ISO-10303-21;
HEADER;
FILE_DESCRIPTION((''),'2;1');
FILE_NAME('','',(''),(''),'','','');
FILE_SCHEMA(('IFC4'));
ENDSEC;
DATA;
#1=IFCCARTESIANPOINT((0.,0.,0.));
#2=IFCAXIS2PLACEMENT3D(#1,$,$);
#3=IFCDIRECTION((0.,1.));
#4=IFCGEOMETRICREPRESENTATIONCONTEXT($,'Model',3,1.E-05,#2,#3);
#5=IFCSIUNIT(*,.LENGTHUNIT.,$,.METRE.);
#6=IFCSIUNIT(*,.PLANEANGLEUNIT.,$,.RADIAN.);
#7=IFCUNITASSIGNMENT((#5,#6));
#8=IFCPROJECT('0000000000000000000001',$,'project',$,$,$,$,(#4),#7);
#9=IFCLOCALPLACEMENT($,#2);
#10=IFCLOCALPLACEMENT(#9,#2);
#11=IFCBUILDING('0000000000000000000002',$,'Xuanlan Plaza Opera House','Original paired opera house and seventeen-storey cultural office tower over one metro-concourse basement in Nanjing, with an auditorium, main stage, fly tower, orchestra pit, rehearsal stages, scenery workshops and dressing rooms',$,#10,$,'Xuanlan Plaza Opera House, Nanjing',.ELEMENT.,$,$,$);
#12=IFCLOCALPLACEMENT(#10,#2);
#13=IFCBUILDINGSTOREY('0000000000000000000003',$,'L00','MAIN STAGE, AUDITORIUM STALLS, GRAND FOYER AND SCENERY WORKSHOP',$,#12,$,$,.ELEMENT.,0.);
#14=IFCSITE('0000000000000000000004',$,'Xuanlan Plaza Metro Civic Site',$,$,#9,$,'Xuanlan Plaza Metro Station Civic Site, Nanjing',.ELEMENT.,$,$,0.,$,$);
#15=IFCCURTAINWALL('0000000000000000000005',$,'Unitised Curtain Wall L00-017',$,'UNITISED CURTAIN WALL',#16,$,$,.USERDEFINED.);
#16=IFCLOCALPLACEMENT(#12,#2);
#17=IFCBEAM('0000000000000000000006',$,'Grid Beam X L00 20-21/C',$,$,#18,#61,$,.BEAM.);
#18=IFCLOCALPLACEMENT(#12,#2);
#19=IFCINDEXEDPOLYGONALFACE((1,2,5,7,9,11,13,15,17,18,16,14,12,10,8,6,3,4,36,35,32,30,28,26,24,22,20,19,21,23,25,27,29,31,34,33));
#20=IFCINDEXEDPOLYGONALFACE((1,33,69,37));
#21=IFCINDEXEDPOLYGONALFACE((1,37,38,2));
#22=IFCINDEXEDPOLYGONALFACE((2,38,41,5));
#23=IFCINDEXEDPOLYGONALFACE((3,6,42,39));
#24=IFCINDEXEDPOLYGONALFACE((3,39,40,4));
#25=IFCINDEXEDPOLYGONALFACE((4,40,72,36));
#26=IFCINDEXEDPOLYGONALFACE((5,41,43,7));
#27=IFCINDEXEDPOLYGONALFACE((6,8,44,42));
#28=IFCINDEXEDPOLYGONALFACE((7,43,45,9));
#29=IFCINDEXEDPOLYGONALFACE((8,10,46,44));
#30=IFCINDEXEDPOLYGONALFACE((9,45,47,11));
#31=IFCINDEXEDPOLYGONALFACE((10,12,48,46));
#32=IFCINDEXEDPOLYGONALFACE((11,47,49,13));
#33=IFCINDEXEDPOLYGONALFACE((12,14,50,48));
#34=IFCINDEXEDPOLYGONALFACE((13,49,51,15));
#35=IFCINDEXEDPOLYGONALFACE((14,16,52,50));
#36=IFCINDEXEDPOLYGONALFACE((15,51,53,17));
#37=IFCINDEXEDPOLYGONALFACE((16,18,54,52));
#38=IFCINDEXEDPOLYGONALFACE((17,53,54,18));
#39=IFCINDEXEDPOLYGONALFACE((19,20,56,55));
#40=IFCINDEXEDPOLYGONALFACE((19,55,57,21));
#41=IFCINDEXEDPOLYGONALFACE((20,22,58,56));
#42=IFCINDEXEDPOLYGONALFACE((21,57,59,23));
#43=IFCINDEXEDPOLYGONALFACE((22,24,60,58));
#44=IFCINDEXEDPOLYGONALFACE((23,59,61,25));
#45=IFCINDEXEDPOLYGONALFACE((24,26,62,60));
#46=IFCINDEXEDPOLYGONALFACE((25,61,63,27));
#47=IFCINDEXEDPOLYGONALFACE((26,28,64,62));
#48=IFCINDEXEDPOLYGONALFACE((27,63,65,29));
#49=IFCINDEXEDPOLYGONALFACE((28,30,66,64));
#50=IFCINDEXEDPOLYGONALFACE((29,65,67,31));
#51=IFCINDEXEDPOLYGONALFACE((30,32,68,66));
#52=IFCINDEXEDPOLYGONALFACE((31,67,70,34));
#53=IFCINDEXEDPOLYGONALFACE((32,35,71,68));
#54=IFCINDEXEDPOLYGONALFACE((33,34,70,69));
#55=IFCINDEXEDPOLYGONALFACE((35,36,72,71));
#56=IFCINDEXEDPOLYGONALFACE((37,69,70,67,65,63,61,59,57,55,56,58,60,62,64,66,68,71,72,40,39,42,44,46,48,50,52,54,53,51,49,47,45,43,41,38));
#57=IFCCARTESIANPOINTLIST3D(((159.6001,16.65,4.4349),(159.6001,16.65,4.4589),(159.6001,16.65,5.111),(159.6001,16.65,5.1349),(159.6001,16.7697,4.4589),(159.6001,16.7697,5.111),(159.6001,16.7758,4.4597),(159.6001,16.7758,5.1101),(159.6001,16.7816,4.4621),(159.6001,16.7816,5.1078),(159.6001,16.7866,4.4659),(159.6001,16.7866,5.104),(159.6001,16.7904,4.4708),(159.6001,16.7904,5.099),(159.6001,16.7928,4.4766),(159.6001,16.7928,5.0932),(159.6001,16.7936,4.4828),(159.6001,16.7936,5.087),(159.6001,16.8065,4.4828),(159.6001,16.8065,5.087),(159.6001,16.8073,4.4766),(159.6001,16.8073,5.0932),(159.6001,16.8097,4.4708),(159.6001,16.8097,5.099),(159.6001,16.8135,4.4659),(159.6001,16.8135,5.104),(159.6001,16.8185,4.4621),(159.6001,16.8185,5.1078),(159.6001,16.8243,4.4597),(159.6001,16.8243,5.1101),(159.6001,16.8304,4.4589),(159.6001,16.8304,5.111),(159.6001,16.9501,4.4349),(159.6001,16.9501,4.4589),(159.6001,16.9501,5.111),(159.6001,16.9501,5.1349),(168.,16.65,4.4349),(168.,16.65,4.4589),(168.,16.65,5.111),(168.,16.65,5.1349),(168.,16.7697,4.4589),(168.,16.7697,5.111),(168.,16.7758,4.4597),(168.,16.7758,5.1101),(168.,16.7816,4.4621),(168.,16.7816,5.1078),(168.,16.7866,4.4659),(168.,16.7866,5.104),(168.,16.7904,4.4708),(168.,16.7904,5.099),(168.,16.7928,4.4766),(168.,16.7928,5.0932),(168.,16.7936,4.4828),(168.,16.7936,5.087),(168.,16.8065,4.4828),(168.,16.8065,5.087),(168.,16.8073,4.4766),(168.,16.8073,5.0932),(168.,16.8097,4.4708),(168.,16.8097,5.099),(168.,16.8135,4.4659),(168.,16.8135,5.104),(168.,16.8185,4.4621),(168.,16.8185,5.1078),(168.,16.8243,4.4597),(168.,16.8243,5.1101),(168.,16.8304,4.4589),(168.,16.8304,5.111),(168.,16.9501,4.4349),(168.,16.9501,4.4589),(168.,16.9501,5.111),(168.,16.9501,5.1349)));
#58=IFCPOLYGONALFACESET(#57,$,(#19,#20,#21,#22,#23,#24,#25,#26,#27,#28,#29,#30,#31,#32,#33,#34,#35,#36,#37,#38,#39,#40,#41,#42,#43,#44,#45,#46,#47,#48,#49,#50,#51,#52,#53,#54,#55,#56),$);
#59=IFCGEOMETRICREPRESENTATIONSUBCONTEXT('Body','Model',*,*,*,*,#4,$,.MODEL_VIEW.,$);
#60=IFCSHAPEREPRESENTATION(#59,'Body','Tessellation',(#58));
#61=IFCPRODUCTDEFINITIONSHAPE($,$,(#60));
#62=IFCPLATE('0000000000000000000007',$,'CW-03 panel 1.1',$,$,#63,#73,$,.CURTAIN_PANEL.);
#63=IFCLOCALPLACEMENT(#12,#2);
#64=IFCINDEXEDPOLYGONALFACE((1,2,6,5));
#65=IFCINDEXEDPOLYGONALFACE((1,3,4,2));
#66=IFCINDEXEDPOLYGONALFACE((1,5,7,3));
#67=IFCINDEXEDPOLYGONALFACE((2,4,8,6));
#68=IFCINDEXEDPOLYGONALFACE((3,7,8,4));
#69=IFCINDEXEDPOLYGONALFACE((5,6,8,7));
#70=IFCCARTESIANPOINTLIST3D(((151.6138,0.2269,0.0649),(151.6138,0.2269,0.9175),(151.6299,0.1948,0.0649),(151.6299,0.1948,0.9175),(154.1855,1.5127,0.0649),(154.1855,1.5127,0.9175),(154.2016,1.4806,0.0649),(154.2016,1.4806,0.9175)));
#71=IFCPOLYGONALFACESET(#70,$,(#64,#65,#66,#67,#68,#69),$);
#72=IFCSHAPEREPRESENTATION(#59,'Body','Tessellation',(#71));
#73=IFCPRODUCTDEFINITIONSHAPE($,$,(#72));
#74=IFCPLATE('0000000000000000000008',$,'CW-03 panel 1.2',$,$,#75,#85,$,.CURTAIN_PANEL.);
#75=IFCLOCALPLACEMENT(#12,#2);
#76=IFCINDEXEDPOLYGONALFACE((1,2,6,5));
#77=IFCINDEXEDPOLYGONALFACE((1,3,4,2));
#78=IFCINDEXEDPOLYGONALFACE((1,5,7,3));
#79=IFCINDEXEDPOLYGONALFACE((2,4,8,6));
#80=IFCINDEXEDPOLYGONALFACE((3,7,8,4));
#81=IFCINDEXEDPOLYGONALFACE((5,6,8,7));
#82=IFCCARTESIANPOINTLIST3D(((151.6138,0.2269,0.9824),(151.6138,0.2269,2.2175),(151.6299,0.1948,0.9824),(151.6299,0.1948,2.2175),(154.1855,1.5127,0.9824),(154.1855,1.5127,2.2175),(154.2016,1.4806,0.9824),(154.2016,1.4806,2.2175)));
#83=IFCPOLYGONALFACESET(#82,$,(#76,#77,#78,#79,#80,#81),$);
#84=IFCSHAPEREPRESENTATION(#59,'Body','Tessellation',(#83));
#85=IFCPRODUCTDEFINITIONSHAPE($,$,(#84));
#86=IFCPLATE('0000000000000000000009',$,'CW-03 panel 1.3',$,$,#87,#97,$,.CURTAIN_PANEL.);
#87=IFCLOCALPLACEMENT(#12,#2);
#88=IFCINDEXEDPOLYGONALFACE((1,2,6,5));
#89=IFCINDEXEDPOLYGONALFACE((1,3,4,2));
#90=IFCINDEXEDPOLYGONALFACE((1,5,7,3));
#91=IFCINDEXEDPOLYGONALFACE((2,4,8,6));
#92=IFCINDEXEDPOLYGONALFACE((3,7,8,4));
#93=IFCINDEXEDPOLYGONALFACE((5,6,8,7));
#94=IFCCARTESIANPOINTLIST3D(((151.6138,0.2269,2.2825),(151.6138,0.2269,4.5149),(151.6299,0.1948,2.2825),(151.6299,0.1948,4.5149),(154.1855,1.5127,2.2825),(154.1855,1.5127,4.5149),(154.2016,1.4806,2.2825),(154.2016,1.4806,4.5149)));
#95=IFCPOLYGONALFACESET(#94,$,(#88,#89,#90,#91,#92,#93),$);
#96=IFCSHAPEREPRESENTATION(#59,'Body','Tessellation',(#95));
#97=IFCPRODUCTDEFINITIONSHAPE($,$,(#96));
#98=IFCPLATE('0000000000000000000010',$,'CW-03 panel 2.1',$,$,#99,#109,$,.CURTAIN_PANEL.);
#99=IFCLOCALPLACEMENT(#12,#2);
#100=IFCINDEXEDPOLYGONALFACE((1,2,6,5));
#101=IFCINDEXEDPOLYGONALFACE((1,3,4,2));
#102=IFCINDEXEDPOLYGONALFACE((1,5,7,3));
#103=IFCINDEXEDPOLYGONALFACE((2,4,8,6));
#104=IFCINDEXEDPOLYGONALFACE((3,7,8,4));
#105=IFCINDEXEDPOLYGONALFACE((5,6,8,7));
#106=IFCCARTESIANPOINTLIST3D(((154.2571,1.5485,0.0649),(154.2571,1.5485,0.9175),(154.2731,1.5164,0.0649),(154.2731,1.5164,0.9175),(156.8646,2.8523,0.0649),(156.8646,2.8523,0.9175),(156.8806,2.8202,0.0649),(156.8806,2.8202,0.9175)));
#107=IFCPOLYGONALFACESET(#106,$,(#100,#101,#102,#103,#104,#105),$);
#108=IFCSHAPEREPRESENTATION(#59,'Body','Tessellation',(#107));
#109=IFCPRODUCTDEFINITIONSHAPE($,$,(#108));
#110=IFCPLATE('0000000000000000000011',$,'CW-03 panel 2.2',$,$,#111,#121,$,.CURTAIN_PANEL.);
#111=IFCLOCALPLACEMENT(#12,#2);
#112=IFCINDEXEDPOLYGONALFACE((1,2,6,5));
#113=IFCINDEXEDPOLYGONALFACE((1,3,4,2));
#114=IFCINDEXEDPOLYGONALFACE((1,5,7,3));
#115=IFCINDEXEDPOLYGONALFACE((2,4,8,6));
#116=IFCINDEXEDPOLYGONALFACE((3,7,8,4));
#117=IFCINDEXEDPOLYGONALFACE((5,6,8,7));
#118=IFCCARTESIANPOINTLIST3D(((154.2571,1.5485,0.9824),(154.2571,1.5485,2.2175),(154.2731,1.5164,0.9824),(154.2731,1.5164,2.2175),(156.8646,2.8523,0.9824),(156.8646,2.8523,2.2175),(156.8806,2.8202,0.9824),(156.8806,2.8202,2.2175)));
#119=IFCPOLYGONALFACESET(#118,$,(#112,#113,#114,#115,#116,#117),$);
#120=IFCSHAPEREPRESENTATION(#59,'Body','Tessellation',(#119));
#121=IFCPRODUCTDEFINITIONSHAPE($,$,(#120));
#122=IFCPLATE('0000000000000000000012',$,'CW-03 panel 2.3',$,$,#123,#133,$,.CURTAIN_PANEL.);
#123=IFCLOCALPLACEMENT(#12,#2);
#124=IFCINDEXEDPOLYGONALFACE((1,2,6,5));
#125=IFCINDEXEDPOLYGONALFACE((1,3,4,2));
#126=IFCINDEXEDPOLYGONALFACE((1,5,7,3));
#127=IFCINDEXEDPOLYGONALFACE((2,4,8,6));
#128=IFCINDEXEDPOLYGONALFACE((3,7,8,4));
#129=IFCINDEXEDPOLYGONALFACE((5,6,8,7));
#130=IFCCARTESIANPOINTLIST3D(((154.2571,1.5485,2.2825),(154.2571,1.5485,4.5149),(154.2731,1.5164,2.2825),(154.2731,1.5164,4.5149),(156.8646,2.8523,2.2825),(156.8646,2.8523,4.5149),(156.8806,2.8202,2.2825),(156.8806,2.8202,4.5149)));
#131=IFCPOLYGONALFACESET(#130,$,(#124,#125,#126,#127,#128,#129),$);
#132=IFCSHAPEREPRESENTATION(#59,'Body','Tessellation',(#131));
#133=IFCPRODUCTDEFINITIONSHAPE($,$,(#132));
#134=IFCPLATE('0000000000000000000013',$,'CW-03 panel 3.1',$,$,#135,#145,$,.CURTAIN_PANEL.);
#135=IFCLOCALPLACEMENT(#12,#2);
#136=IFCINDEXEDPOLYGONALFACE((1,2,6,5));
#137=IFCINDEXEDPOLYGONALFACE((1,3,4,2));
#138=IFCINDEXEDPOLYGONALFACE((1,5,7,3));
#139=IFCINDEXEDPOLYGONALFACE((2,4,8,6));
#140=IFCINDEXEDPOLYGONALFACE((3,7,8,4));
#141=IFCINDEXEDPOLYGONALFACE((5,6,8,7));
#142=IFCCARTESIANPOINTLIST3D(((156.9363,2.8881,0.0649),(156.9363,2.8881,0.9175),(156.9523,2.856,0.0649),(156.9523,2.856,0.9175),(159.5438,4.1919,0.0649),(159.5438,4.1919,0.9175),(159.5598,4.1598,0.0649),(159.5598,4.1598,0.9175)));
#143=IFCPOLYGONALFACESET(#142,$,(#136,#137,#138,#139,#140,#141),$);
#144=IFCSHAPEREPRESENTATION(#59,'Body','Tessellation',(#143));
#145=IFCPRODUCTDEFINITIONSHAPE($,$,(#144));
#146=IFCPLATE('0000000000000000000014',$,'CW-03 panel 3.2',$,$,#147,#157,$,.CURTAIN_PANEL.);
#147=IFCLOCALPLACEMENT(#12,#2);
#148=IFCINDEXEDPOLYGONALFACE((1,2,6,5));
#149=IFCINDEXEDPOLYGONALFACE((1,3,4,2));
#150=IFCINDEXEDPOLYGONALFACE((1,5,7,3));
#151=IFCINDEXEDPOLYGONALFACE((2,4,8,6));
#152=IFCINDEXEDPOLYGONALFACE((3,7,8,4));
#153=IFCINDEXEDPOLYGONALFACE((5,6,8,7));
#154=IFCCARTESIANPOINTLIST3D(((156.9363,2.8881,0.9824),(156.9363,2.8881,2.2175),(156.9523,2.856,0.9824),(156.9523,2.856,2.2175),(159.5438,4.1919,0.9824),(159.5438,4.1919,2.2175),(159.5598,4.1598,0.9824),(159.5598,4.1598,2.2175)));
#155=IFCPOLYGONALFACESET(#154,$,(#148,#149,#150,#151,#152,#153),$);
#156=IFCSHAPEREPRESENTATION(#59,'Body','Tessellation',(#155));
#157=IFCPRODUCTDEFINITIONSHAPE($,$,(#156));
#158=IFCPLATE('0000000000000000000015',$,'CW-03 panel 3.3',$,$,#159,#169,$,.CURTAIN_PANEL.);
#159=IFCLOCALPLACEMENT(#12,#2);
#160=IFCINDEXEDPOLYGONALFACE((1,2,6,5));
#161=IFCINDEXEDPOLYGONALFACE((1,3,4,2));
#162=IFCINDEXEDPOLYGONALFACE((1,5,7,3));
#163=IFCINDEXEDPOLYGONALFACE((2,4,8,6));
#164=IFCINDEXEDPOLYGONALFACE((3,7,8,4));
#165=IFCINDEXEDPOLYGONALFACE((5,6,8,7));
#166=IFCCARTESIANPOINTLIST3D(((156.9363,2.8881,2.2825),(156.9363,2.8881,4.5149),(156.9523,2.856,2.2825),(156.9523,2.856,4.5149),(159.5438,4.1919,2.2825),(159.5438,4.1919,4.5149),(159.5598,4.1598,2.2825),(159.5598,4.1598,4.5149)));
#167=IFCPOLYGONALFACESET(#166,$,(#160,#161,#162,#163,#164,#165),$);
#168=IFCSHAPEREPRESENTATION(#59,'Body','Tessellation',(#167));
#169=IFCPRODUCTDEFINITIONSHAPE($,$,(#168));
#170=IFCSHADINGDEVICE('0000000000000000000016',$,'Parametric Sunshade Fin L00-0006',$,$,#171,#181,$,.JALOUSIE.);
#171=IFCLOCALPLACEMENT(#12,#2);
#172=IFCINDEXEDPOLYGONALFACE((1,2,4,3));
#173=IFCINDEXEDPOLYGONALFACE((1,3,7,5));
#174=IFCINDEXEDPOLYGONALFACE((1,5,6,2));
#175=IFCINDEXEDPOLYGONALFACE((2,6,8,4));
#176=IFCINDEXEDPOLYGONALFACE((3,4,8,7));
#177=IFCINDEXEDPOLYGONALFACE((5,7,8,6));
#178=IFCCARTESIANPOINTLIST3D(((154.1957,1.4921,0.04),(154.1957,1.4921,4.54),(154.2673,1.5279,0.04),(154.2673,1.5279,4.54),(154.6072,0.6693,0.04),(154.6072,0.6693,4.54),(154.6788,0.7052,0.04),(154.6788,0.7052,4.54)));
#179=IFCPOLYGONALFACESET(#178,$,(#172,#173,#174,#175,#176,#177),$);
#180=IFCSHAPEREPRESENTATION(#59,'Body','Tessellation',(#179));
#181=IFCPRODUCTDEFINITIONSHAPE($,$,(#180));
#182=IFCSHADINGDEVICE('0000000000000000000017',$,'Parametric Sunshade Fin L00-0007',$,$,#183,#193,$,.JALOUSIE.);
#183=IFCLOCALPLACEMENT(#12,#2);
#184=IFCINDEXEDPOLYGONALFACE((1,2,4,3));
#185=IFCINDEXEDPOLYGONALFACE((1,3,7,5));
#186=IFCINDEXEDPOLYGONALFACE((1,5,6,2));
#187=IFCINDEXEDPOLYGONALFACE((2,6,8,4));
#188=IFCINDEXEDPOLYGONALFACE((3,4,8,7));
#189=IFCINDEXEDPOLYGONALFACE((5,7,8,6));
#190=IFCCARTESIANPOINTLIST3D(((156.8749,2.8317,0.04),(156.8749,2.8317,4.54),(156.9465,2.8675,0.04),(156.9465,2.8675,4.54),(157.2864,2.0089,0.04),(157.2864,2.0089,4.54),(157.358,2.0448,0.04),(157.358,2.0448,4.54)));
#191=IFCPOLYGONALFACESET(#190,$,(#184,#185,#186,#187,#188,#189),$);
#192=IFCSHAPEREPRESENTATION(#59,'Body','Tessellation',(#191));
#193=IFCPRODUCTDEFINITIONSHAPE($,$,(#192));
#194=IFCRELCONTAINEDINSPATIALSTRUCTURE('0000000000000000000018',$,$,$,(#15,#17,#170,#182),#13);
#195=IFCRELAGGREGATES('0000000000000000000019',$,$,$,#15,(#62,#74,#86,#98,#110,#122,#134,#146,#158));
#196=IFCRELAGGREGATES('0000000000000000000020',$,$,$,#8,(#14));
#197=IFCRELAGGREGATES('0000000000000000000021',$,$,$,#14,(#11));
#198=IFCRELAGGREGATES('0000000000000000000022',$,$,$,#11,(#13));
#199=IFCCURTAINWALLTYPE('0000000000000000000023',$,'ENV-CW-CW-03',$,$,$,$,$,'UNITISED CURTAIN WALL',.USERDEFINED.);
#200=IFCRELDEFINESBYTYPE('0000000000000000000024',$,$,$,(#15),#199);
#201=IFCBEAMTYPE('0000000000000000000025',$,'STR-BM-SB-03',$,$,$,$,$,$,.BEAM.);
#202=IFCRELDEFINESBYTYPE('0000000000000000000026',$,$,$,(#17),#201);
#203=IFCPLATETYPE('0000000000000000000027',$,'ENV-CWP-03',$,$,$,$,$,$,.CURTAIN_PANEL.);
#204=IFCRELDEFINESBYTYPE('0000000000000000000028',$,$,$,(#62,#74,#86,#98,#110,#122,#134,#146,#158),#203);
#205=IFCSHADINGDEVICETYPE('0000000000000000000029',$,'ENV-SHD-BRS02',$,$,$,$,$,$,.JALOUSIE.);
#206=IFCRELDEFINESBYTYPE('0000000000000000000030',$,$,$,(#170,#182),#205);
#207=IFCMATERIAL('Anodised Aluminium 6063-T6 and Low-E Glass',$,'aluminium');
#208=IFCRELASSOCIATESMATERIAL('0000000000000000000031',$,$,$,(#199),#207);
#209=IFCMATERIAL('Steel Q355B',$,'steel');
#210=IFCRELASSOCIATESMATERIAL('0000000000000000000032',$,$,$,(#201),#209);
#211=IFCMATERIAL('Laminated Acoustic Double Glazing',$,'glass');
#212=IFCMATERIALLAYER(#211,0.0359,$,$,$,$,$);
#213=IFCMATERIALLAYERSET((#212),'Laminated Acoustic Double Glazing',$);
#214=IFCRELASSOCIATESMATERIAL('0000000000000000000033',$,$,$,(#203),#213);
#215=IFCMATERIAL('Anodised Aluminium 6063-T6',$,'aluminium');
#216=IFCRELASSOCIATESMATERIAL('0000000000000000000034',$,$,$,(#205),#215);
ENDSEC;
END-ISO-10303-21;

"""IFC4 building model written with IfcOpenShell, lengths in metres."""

from ifc_helpers import new_model, si_unit, direction, frame, origin, origin_2d, place, context, subcontext, project, spatial, rectangle, i_section, extrude, material, layer, layer_set, material_profile, profile_set, type_object, element, aggregate, save


model = new_model("IFC4")

# Units and contexts
model_context = context("Model", 3, precision=1e-05, world=origin(), true_north=direction((0.0, 1.0)))
body_context = subcontext(model_context, "Body", "Model", "MODEL_VIEW")
ifc_project = project(units=[si_unit("LENGTHUNIT", "METRE"), si_unit("PLANEANGLEUNIT", "RADIAN")], contexts=[model_context])

# Site, building, storey
site_placement = place(None, origin())
site = spatial("IfcSite", under=ifc_project, at=site_placement, Name="Xuanlan Plaza Metro Civic Site", LongName="Xuanlan Plaza Metro Station Civic Site, Nanjing", CompositionType="ELEMENT", RefElevation=0.0)
building_placement = place(site_placement, origin())
building = spatial("IfcBuilding", under=site, at=building_placement, Name="Xuanlan Plaza Opera House", Description="Original paired opera house and seventeen-storey cultural office tower over one metro-concourse basement in Nanjing, with an auditorium, main stage, fly tower, orchestra pit, rehearsal stages, scenery workshops and dressing rooms", LongName="Xuanlan Plaza Opera House, Nanjing", CompositionType="ELEMENT")
storey_placement = place(building_placement, origin())
storey = spatial("IfcBuildingStorey", under=building, at=storey_placement, Name="L00", Description="MAIN STAGE, AUDITORIUM STALLS, GRAND FOYER AND SCENERY WORKSHOP", CompositionType="ELEMENT", Elevation=0.0)

# Curtain wall
ifc_material_1 = material(Name="Anodised Aluminium 6063-T6 and Low-E Glass", Category="aluminium")
curtain_wall_type = type_object("IfcCurtainWallType", Name="ENV-CW-CW-03", ElementType="UNITISED CURTAIN WALL", PredefinedType="USERDEFINED", material=ifc_material_1)
curtain_wall_placement = place(storey_placement, origin())
curtain_wall = element("IfcCurtainWall", 1, at=curtain_wall_placement, inside=storey, type_object=curtain_wall_type, Name="Unitised Curtain Wall L00-017", ObjectType="UNITISED CURTAIN WALL", PredefinedType="USERDEFINED")
ifc_material_2 = material(Name="Anodised Aluminium 6063-T6", Category="aluminium")

# Beam
ifc_material_3 = material(Name="Steel Q355B", Category="steel")
ifc_material_profile_1 = material_profile(ifc_material_3, i_section(OverallWidth=0.3, OverallDepth=0.7, WebThickness=0.0129, FlangeThickness=0.0239, FilletRadius=0.0239, at=origin_2d()), Name="HN 700x300x13x24")
ifc_profile_set_1 = profile_set([ifc_material_profile_1], Name="Steel Q355B")
beam_type = type_object("IfcBeamType", Name="STR-BM-SB-03", PredefinedType="BEAM", material=ifc_profile_set_1)
beam_placement = place(storey_placement, frame((159.6001, 16.8, 4.7849), z_axis=(1.0, 0.0, 0.0), x_axis=(0.0, 1.0, 0.0)))
element("IfcBeam", 2, at=beam_placement, inside=storey, type_object=beam_type, Name="Grid Beam X L00 20-21/C", PredefinedType="BEAM", context=body_context, shape_type="SweptSolid", body=[
    extrude(i_section(OverallWidth=0.3, OverallDepth=0.7, WebThickness=0.0129, FlangeThickness=0.0239, FilletRadius=0.0239, at=origin_2d()), origin(), (0.0, 0.0, 1.0), 8.3999),
])

# Plates
ifc_material_4 = material(Name="Laminated Acoustic Double Glazing", Category="glass")
ifc_layer = layer(ifc_material_4, 0.0359)
ifc_layer_set = layer_set([ifc_layer], Name="Laminated Acoustic Double Glazing")
plate_type = type_object("IfcPlateType", Name="ENV-CWP-03", PredefinedType="CURTAIN_PANEL", material=ifc_layer_set)
plate_1_placement = place(storey_placement, frame((152.9077, 0.8538, 0.0649), z_axis=(0.0, 0.0, 1.0), x_axis=(0.894427, 0.447214, 0.0)))
plate_1 = element("IfcPlate", 3, at=plate_1_placement, type_object=plate_type, Name="CW-03 panel 1.1", PredefinedType="CURTAIN_PANEL", context=body_context, shape_type="SweptSolid", body=[
    extrude(rectangle(XDim=2.8752, YDim=0.0359, at=origin_2d()), origin(), (0.0, 0.0, 1.0), 0.8525),
])
plate_2_placement = place(storey_placement, frame((152.9077, 0.8538, 0.9824), z_axis=(0.0, 0.0, 1.0), x_axis=(0.894427, 0.447214, 0.0)))
plate_2 = element("IfcPlate", 4, at=plate_2_placement, type_object=plate_type, Name="CW-03 panel 1.2", PredefinedType="CURTAIN_PANEL", context=body_context, shape_type="SweptSolid", body=[
    extrude(rectangle(XDim=2.8752, YDim=0.0359, at=origin_2d()), origin(), (0.0, 0.0, 1.0), 1.2351),
])
plate_3_placement = place(storey_placement, frame((152.9077, 0.8538, 2.2825), z_axis=(0.0, 0.0, 1.0), x_axis=(0.894427, 0.447214, 0.0)))
plate_3 = element("IfcPlate", 5, at=plate_3_placement, type_object=plate_type, Name="CW-03 panel 1.3", PredefinedType="CURTAIN_PANEL", context=body_context, shape_type="SweptSolid", body=[
    extrude(rectangle(XDim=2.8752, YDim=0.0359, at=origin_2d()), origin(), (0.0, 0.0, 1.0), 2.2324),
])
plate_4_placement = place(storey_placement, frame((155.5688, 2.1843, 0.0649), z_axis=(0.0, 0.0, 1.0), x_axis=(0.894427, 0.447214, 0.0)))
plate_4 = element("IfcPlate", 6, at=plate_4_placement, type_object=plate_type, Name="CW-03 panel 2.1", PredefinedType="CURTAIN_PANEL", context=body_context, shape_type="SweptSolid", body=[
    extrude(rectangle(XDim=2.9153, YDim=0.0359, at=origin_2d()), origin(), (0.0, 0.0, 1.0), 0.8525),
])
plate_5_placement = place(storey_placement, frame((155.5688, 2.1843, 0.9824), z_axis=(0.0, 0.0, 1.0), x_axis=(0.894427, 0.447214, 0.0)))
plate_5 = element("IfcPlate", 7, at=plate_5_placement, type_object=plate_type, Name="CW-03 panel 2.2", PredefinedType="CURTAIN_PANEL", context=body_context, shape_type="SweptSolid", body=[
    extrude(rectangle(XDim=2.9153, YDim=0.0359, at=origin_2d()), origin(), (0.0, 0.0, 1.0), 1.2351),
])
plate_6_placement = place(storey_placement, frame((155.5688, 2.1843, 2.2825), z_axis=(0.0, 0.0, 1.0), x_axis=(0.894427, 0.447214, 0.0)))
plate_6 = element("IfcPlate", 8, at=plate_6_placement, type_object=plate_type, Name="CW-03 panel 2.3", PredefinedType="CURTAIN_PANEL", context=body_context, shape_type="SweptSolid", body=[
    extrude(rectangle(XDim=2.9153, YDim=0.0359, at=origin_2d()), origin(), (0.0, 0.0, 1.0), 2.2324),
])
plate_7_placement = place(storey_placement, frame((158.248, 3.5239, 0.0649), z_axis=(0.0, 0.0, 1.0), x_axis=(0.894427, 0.447214, 0.0)))
plate_7 = element("IfcPlate", 9, at=plate_7_placement, type_object=plate_type, Name="CW-03 panel 3.1", PredefinedType="CURTAIN_PANEL", context=body_context, shape_type="SweptSolid", body=[
    extrude(rectangle(XDim=2.9153, YDim=0.0359, at=origin_2d()), origin(), (0.0, 0.0, 1.0), 0.8525),
])
plate_8_placement = place(storey_placement, frame((158.248, 3.5239, 0.9824), z_axis=(0.0, 0.0, 1.0), x_axis=(0.894427, 0.447214, 0.0)))
plate_8 = element("IfcPlate", 10, at=plate_8_placement, type_object=plate_type, Name="CW-03 panel 3.2", PredefinedType="CURTAIN_PANEL", context=body_context, shape_type="SweptSolid", body=[
    extrude(rectangle(XDim=2.9153, YDim=0.0359, at=origin_2d()), origin(), (0.0, 0.0, 1.0), 1.2351),
])
plate_9_placement = place(storey_placement, frame((158.248, 3.5239, 2.2825), z_axis=(0.0, 0.0, 1.0), x_axis=(0.894427, 0.447214, 0.0)))
plate_9 = element("IfcPlate", 11, at=plate_9_placement, type_object=plate_type, Name="CW-03 panel 3.3", PredefinedType="CURTAIN_PANEL", context=body_context, shape_type="SweptSolid", body=[
    extrude(rectangle(XDim=2.9153, YDim=0.0359, at=origin_2d()), origin(), (0.0, 0.0, 1.0), 2.2324),
])
aggregate(curtain_wall, [plate_1, plate_2, plate_3, plate_4, plate_5, plate_6, plate_7, plate_8, plate_9])

# Shading devices
shading_device_type = type_object("IfcShadingDeviceType", Name="ENV-SHD-BRS02", PredefinedType="JALOUSIE", material=ifc_material_2)
for number, where, z_axis, x_axis, name in (
    (12, (154.4373, 1.0986, 0.04), (0.0, 0.0, 1.0), (0.447291, -0.894389, 0.0), "Parametric Sunshade Fin L00-0006"),
    (13, (157.1165, 2.4382, 0.04), (0.0, 0.0, 1.0), (0.447291, -0.894389, 0.0), "Parametric Sunshade Fin L00-0007"),
):
    element("IfcShadingDevice", number, at=place(storey_placement, frame(where, z_axis=z_axis, x_axis=x_axis)), inside=storey, type_object=shading_device_type, Name=name, PredefinedType="JALOUSIE", context=body_context, shape_type="SweptSolid", body=[
        extrude(rectangle(XDim=0.9199, YDim=0.0801, at=origin_2d()), origin(), (0.0, 0.0, 1.0), 4.5),
    ])

save(model, "model.ifc")
